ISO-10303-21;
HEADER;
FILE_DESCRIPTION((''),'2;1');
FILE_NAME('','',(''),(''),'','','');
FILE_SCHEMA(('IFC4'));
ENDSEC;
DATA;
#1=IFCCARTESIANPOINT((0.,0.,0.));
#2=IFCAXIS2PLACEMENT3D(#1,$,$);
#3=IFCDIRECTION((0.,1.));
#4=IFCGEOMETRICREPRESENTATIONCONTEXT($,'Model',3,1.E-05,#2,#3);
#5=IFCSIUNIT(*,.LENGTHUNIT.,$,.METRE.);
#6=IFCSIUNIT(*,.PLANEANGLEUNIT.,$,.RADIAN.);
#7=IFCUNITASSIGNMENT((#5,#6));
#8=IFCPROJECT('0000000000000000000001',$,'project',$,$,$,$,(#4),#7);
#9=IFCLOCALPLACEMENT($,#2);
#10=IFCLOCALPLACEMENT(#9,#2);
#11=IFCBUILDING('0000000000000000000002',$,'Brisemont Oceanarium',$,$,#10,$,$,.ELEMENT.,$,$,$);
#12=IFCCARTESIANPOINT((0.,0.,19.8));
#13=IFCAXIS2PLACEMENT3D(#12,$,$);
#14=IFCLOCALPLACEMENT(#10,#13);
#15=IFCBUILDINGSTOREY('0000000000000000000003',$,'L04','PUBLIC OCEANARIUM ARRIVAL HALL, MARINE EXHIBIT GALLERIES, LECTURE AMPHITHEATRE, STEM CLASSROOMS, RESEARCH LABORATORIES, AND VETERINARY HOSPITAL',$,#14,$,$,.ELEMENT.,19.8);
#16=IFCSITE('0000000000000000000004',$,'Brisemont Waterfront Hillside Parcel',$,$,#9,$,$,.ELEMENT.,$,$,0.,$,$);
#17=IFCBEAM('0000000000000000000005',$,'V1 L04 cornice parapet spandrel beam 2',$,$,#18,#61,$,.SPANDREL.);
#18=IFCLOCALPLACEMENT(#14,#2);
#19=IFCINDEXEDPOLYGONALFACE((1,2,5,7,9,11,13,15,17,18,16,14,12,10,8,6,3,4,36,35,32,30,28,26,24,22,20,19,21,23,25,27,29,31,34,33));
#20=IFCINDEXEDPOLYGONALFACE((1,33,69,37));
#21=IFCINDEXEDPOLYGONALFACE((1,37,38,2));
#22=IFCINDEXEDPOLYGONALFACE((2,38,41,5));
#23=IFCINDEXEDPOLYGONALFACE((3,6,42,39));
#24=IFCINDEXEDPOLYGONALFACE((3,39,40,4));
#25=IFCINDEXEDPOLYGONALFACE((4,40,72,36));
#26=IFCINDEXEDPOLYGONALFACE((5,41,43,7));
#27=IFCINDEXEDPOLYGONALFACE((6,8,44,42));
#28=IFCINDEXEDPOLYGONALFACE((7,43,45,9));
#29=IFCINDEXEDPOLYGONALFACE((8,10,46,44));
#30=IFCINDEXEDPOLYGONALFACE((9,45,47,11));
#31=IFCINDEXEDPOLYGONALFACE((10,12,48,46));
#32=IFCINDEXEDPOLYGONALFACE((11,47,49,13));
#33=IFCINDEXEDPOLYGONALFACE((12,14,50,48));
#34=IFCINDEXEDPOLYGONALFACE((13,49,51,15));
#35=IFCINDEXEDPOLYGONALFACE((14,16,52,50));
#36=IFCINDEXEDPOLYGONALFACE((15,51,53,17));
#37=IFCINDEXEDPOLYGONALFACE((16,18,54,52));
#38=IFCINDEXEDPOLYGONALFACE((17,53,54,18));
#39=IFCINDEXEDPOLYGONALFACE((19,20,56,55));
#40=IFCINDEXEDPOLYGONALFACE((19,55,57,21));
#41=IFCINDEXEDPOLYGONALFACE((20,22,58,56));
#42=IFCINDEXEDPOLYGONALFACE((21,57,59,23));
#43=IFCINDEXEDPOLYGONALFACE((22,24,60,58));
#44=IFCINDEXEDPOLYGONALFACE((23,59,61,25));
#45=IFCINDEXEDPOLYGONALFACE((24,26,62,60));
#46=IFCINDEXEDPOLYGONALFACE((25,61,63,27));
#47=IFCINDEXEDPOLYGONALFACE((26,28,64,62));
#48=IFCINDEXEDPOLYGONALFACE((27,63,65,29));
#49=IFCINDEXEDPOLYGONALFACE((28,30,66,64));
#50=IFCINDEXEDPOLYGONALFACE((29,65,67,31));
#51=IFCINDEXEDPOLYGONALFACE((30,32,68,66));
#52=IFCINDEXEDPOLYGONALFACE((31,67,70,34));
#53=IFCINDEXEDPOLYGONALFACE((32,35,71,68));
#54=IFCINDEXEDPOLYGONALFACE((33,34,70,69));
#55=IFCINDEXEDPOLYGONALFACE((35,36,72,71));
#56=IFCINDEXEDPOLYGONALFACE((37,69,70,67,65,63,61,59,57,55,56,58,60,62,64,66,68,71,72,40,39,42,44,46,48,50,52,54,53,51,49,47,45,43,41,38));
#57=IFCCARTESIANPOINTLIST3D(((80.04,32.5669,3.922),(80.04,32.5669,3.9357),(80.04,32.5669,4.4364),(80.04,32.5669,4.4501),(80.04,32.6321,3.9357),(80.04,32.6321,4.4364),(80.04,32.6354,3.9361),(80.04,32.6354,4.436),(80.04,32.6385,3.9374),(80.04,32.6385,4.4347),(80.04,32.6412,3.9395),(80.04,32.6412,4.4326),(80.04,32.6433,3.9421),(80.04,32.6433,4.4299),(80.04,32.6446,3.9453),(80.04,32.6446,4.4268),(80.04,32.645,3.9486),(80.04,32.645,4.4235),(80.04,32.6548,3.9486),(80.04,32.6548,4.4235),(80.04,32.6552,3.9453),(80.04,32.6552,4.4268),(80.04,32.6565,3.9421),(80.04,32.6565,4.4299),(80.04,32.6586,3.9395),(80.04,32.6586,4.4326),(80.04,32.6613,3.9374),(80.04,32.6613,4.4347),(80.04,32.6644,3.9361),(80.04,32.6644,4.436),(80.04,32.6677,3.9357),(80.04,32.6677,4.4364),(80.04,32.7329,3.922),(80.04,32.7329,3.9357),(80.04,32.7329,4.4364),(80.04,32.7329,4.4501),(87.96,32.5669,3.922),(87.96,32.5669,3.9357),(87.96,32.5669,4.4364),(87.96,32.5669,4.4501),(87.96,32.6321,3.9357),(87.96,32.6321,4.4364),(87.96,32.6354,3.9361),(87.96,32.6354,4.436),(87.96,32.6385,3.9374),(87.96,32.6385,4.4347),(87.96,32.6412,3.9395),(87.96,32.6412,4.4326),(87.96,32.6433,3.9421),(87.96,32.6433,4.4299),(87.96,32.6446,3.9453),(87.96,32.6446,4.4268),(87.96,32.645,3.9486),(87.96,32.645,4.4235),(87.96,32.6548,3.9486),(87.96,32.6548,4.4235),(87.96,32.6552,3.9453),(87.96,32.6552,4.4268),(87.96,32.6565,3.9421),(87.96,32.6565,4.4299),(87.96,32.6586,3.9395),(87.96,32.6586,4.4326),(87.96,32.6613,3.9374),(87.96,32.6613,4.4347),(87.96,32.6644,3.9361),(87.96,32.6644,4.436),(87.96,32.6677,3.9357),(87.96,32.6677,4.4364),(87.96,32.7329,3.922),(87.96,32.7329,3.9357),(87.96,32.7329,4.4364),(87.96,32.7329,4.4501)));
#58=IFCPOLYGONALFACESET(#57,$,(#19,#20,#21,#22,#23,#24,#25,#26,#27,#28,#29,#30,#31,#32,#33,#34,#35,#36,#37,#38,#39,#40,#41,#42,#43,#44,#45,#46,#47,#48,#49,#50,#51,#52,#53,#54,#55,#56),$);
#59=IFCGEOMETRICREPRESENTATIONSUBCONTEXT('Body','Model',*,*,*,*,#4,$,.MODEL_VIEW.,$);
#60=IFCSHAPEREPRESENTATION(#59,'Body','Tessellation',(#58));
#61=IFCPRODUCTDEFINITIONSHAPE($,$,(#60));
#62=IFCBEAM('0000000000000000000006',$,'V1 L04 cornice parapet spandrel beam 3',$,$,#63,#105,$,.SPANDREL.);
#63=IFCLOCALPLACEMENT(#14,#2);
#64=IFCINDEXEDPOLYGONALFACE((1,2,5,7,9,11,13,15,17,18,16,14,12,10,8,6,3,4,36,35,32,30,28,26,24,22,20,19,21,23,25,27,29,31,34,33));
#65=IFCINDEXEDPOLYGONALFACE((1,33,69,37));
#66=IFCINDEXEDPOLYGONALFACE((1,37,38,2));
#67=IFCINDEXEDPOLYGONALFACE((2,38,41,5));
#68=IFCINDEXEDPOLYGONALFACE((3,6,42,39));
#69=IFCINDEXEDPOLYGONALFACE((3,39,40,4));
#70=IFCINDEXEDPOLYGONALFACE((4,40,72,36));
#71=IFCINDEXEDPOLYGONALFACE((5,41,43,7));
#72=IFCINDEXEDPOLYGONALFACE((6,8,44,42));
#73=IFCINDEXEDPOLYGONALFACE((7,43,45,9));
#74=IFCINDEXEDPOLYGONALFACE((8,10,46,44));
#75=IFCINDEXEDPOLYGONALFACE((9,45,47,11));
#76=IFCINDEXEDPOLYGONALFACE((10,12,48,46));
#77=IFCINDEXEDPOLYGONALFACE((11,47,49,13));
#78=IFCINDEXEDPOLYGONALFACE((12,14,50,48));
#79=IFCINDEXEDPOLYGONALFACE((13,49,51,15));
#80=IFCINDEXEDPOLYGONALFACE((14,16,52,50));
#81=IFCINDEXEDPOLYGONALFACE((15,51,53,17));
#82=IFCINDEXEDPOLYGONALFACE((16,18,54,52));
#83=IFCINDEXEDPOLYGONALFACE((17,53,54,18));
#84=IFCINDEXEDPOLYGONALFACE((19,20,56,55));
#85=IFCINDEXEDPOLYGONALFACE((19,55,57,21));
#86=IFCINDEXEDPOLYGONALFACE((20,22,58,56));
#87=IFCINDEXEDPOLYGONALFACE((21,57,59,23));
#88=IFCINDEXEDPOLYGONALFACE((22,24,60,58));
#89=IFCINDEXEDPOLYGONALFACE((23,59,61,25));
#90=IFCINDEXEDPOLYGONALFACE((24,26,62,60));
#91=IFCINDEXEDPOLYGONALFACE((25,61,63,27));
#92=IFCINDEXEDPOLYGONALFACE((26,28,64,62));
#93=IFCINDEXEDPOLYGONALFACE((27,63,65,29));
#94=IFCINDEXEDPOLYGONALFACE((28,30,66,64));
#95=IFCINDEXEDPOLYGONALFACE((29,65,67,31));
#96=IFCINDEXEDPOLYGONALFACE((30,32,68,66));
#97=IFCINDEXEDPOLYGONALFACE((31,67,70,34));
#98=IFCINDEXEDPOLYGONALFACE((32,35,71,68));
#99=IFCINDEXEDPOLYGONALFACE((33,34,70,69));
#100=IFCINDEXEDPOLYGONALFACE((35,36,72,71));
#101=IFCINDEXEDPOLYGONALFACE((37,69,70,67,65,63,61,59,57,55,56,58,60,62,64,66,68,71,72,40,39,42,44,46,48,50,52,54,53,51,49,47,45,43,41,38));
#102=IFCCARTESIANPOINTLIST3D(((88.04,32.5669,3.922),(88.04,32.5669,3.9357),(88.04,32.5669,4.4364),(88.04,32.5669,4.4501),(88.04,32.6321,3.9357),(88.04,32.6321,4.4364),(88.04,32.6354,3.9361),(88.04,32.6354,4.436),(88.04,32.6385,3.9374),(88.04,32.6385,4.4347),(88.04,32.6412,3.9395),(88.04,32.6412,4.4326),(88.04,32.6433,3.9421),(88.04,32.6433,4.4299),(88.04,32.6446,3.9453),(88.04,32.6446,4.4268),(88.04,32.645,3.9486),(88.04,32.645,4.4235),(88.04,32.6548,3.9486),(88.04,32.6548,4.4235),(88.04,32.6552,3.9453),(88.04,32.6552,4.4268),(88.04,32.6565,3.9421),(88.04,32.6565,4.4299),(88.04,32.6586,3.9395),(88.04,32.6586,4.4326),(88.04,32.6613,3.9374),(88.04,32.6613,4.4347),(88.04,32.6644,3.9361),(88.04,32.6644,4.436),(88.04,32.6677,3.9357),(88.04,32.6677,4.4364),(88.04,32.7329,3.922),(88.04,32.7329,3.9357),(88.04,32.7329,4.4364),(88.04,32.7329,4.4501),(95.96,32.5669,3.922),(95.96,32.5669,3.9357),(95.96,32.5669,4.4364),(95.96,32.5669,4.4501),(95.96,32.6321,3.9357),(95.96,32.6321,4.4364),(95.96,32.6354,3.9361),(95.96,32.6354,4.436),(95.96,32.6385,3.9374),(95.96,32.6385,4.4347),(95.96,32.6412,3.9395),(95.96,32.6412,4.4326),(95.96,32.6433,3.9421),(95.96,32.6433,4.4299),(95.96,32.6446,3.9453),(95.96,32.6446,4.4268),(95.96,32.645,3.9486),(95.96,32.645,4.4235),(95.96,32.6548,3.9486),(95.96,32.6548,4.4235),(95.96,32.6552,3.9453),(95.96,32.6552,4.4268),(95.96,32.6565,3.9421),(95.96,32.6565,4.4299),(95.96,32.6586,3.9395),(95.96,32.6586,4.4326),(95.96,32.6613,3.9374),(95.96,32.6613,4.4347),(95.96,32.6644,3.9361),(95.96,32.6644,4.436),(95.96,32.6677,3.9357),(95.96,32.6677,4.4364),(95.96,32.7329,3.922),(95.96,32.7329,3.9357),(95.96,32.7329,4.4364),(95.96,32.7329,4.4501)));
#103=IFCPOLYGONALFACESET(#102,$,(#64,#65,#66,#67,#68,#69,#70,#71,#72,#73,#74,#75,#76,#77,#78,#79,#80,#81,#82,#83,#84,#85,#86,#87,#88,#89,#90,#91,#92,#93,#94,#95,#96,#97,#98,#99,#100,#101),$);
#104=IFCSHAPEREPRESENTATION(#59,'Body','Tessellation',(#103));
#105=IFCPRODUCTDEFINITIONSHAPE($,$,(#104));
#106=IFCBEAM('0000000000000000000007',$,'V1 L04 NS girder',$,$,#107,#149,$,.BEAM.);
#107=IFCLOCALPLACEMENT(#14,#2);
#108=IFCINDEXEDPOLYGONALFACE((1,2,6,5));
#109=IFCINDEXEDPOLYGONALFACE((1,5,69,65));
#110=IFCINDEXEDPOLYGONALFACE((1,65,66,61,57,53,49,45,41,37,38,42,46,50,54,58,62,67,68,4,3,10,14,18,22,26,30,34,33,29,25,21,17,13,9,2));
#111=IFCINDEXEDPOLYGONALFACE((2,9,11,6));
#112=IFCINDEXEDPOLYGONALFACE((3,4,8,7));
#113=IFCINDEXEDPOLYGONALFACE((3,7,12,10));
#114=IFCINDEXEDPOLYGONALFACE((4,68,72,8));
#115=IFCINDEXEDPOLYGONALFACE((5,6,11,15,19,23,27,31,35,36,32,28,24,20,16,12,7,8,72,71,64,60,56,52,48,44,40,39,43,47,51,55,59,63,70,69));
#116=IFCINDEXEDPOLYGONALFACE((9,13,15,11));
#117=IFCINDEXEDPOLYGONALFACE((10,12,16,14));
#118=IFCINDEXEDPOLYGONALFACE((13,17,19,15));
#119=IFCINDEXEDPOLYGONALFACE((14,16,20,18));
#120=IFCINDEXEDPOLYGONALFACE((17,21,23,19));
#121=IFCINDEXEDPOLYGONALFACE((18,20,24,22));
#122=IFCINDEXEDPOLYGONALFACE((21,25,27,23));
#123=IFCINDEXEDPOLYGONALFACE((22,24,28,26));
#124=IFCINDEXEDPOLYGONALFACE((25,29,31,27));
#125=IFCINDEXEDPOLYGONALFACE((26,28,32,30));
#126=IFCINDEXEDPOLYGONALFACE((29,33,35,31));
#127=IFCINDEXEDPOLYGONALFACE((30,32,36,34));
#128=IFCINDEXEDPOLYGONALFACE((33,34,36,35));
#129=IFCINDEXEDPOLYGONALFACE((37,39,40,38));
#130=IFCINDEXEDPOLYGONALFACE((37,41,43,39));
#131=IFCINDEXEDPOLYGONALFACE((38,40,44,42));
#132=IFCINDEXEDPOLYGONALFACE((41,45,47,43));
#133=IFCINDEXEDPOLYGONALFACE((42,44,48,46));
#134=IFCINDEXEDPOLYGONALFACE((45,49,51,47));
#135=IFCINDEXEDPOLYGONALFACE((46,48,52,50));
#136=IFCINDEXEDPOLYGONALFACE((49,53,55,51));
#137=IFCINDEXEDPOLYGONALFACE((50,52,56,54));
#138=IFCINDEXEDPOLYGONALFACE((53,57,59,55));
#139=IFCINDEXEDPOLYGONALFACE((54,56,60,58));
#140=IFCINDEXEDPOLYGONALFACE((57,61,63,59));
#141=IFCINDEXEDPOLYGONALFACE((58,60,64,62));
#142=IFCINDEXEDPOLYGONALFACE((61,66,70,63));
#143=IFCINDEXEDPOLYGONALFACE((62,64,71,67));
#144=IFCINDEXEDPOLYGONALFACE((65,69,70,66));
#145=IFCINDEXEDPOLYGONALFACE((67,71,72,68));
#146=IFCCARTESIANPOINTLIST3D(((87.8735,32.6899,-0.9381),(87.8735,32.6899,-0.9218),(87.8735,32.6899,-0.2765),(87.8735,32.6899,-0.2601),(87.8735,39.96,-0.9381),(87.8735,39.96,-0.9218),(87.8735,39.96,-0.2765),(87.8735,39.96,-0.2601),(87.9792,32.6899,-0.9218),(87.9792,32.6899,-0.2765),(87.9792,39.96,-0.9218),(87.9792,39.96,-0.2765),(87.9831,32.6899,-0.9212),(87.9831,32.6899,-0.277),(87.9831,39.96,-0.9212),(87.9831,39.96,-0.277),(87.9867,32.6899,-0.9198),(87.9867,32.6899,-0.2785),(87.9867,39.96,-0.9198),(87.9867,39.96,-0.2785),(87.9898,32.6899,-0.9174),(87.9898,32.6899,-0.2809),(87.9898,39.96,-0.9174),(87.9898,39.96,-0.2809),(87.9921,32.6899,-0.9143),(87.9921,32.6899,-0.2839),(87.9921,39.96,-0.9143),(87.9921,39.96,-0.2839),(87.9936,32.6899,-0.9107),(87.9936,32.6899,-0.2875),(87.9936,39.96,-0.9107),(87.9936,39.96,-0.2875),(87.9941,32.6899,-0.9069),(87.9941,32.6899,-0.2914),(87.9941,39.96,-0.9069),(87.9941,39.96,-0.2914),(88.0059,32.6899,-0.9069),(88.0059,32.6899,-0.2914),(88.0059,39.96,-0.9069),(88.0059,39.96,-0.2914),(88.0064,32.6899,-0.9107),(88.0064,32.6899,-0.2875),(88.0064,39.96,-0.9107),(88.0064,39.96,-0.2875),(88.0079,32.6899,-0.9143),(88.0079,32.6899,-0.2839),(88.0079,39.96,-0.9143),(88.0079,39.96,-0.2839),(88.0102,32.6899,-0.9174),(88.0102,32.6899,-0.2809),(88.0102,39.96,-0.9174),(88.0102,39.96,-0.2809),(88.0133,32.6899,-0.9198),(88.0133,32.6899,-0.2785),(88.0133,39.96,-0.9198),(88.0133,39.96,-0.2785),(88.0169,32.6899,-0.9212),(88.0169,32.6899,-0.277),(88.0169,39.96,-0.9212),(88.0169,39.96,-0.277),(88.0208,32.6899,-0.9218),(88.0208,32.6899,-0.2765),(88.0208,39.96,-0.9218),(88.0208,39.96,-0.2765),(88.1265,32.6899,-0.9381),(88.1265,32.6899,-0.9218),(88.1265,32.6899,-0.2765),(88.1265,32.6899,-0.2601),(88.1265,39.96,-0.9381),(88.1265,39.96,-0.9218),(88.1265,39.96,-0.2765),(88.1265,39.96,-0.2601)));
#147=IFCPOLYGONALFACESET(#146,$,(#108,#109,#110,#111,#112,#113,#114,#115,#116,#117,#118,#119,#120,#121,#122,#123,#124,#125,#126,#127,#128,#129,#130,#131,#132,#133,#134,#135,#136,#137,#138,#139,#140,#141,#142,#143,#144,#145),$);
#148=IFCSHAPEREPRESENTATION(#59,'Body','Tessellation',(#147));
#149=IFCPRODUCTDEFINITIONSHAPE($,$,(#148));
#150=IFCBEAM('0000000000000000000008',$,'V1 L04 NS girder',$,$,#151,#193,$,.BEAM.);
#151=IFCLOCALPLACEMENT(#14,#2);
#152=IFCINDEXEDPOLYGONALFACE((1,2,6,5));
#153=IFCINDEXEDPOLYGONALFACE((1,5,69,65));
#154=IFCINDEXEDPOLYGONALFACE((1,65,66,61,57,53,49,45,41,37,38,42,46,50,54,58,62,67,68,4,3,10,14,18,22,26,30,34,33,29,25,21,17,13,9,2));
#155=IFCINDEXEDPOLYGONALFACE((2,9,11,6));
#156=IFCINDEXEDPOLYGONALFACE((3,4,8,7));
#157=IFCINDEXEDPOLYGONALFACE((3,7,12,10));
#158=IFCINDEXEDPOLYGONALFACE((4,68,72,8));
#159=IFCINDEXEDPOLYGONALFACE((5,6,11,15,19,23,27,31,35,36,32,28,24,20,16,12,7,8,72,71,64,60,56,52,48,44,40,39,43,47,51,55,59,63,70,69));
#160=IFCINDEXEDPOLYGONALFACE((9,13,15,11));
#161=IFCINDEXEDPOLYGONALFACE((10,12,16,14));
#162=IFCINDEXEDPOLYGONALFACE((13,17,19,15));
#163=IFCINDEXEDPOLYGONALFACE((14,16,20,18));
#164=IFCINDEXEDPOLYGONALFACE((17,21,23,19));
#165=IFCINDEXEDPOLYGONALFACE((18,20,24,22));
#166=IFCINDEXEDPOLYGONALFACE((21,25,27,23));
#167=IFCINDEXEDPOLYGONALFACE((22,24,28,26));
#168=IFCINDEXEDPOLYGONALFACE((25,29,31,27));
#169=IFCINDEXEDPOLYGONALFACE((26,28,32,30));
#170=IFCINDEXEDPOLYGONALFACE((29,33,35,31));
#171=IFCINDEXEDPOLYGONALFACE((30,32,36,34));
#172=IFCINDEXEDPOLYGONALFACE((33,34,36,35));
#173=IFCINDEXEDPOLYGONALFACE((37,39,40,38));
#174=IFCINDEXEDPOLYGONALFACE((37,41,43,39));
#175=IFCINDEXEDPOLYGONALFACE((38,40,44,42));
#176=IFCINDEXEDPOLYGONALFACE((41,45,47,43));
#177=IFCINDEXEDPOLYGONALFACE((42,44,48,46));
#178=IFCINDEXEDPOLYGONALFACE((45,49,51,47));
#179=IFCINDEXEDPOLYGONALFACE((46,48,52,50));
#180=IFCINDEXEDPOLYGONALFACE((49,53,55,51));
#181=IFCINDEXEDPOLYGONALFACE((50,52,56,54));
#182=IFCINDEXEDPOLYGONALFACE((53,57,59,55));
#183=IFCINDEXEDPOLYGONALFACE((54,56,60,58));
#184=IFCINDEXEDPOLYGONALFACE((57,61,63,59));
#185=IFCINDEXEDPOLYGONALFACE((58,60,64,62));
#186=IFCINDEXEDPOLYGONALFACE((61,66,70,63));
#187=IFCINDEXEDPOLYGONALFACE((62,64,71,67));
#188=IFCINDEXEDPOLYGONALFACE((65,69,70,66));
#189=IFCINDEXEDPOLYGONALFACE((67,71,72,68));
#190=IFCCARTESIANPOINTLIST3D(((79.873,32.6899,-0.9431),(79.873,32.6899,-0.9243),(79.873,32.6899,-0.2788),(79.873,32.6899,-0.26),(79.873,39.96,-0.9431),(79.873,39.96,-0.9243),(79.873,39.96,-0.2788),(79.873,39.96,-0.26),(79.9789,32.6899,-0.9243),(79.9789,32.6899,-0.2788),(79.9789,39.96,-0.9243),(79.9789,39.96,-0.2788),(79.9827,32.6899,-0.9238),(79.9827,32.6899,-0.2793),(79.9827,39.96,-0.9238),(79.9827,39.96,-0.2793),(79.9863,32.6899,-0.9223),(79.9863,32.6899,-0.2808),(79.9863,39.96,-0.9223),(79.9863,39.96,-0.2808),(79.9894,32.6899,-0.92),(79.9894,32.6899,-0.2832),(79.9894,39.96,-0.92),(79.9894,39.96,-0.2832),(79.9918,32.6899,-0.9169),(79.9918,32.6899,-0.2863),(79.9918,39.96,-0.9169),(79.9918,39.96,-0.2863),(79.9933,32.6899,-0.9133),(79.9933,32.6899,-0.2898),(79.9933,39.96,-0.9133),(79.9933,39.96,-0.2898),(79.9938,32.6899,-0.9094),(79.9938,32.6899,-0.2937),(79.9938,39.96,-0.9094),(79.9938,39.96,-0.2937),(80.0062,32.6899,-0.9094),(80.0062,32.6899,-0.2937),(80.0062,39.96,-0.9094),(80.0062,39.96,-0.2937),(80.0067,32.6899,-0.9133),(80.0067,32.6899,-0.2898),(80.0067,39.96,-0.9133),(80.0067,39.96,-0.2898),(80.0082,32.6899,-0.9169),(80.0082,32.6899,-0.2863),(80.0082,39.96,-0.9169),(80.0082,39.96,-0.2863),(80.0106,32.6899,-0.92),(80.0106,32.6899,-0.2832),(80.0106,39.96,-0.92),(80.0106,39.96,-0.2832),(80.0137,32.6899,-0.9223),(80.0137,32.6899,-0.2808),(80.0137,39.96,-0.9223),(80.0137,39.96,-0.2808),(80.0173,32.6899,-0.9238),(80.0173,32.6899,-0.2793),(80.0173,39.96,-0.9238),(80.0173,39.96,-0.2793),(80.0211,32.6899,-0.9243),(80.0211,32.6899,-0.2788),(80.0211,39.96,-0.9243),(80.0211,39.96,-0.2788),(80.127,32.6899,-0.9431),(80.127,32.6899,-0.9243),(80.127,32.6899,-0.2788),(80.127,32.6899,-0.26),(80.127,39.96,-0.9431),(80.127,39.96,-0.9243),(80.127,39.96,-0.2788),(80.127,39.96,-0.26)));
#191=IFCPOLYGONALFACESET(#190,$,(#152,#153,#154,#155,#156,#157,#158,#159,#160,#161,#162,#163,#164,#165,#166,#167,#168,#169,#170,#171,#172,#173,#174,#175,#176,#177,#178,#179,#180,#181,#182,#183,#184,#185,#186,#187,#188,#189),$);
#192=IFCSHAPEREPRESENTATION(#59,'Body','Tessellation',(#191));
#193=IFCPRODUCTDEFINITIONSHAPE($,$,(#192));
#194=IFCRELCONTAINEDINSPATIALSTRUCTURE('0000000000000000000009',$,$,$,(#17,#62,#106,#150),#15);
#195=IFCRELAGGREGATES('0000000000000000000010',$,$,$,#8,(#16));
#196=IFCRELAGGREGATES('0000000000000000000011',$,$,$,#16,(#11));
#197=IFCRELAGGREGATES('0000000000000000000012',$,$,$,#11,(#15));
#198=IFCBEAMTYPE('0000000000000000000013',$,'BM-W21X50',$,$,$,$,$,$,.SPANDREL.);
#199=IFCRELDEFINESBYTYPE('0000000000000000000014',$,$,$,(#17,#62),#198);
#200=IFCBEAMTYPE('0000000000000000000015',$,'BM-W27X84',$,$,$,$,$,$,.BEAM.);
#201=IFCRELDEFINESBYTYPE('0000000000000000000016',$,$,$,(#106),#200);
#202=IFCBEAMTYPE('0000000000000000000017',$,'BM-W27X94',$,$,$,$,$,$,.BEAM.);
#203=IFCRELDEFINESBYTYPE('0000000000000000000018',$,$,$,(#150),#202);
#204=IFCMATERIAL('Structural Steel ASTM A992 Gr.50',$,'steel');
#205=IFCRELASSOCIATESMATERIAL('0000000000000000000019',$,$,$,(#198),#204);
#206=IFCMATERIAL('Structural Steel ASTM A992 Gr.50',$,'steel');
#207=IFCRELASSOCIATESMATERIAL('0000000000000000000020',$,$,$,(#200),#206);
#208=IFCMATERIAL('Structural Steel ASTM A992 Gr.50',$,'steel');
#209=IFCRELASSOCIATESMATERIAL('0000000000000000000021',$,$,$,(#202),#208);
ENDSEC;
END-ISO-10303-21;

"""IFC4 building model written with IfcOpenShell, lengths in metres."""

from ifc_helpers import new_model, si_unit, direction, frame, origin, origin_2d, place, context, subcontext, project, spatial, i_section, extrude, material, material_profile, profile_set, type_object, element, save


model = new_model("IFC4")

# Units and contexts
model_context = context("Model", 3, precision=1e-05, world=origin(), true_north=direction((0.0, 1.0)))
body_context = subcontext(model_context, "Body", "Model", "MODEL_VIEW")
ifc_project = project(units=[si_unit("LENGTHUNIT", "METRE"), si_unit("PLANEANGLEUNIT", "RADIAN")], contexts=[model_context])

# Site, building, storey
site_placement = place(None, origin())
site = spatial("IfcSite", under=ifc_project, at=site_placement, Name="Brisemont Waterfront Hillside Parcel", CompositionType="ELEMENT", RefElevation=0.0)
building_placement = place(site_placement, origin())
building = spatial("IfcBuilding", under=site, at=building_placement, Name="Brisemont Oceanarium", CompositionType="ELEMENT")
storey_placement = place(building_placement, frame((0.0, 0.0, 19.8)))
storey = spatial("IfcBuildingStorey", under=building, at=storey_placement, Name="L04", Description="PUBLIC OCEANARIUM ARRIVAL HALL, MARINE EXHIBIT GALLERIES, LECTURE AMPHITHEATRE, STEM CLASSROOMS, RESEARCH LABORATORIES, AND VETERINARY HOSPITAL", CompositionType="ELEMENT", Elevation=19.8)

# Beams
ifc_material_1 = material(Name="Structural Steel ASTM A992 Gr.50", Category="steel")
ifc_material_profile_1 = material_profile(ifc_material_1, i_section(OverallWidth=0.166, OverallDepth=0.5281, WebThickness=0.0098, FlangeThickness=0.0137, FilletRadius=0.0129, at=origin_2d()), Name="W21X50")
ifc_profile_set_1 = profile_set([ifc_material_profile_1], Name="Structural Steel ASTM A992 Gr.50")
beam_type_1 = type_object("IfcBeamType", Name="BM-W21X50", PredefinedType="SPANDREL", material=ifc_profile_set_1)
for number, where, z_axis, x_axis, name in (
    (1, (80.04, 32.6499, 4.186), (1.0, 0.0, 0.0), (0.0, 1.0, 0.0), "V1 L04 cornice parapet spandrel beam 2"),
    (2, (88.04, 32.6499, 4.186), (1.0, 0.0, 0.0), (0.0, 1.0, 0.0), "V1 L04 cornice parapet spandrel beam 3"),
):
    element("IfcBeam", number, at=place(storey_placement, frame(where, z_axis=z_axis, x_axis=x_axis)), inside=storey, type_object=beam_type_1, Name=name, PredefinedType="SPANDREL", context=body_context, shape_type="SweptSolid", body=[
        extrude(i_section(OverallWidth=0.166, OverallDepth=0.5281, WebThickness=0.0098, FlangeThickness=0.0137, FilletRadius=0.0129, at=origin_2d()), origin(), (0.0, 0.0, 1.0), 7.9199),
    ])
ifc_material_2 = material(Name="Structural Steel ASTM A992 Gr.50", Category="steel")
ifc_material_profile_2 = material_profile(ifc_material_2, i_section(OverallWidth=0.2529, OverallDepth=0.678, WebThickness=0.0117, FlangeThickness=0.0164, FilletRadius=0.0149, at=origin_2d()), Name="W27X84")
ifc_profile_set_2 = profile_set([ifc_material_profile_2], Name="Structural Steel ASTM A992 Gr.50")
beam_type_2 = type_object("IfcBeamType", Name="BM-W27X84", PredefinedType="BEAM", material=ifc_profile_set_2)
beam_1_placement = place(storey_placement, frame((88.0, 32.6899, -0.5991), z_axis=(0.0, 1.0, 0.0), x_axis=(-1.0, 0.0, 0.0)))
element("IfcBeam", 3, at=beam_1_placement, inside=storey, type_object=beam_type_2, Name="V1 L04 NS girder", PredefinedType="BEAM", context=body_context, shape_type="SweptSolid", body=[
    extrude(i_section(OverallWidth=0.2529, OverallDepth=0.678, WebThickness=0.0117, FlangeThickness=0.0164, FilletRadius=0.0149, at=origin_2d()), origin(), (0.0, 0.0, 1.0), 7.27),
])
ifc_material_3 = material(Name="Structural Steel ASTM A992 Gr.50", Category="steel")
ifc_material_profile_3 = material_profile(ifc_material_3, i_section(OverallWidth=0.2539, OverallDepth=0.6831, WebThickness=0.0125, FlangeThickness=0.0188, FilletRadius=0.0149, at=origin_2d()), Name="W27X94")
ifc_profile_set_3 = profile_set([ifc_material_profile_3], Name="Structural Steel ASTM A992 Gr.50")
beam_type_3 = type_object("IfcBeamType", Name="BM-W27X94", PredefinedType="BEAM", material=ifc_profile_set_3)
beam_2_placement = place(storey_placement, frame((80.0, 32.6899, -0.6016), z_axis=(0.0, 1.0, 0.0), x_axis=(-1.0, 0.0, 0.0)))
element("IfcBeam", 4, at=beam_2_placement, inside=storey, type_object=beam_type_3, Name="V1 L04 NS girder", PredefinedType="BEAM", context=body_context, shape_type="SweptSolid", body=[
    extrude(i_section(OverallWidth=0.2539, OverallDepth=0.6831, WebThickness=0.0125, FlangeThickness=0.0188, FilletRadius=0.0149, at=origin_2d()), origin(), (0.0, 0.0, 1.0), 7.27),
])

save(model, "model.ifc")
